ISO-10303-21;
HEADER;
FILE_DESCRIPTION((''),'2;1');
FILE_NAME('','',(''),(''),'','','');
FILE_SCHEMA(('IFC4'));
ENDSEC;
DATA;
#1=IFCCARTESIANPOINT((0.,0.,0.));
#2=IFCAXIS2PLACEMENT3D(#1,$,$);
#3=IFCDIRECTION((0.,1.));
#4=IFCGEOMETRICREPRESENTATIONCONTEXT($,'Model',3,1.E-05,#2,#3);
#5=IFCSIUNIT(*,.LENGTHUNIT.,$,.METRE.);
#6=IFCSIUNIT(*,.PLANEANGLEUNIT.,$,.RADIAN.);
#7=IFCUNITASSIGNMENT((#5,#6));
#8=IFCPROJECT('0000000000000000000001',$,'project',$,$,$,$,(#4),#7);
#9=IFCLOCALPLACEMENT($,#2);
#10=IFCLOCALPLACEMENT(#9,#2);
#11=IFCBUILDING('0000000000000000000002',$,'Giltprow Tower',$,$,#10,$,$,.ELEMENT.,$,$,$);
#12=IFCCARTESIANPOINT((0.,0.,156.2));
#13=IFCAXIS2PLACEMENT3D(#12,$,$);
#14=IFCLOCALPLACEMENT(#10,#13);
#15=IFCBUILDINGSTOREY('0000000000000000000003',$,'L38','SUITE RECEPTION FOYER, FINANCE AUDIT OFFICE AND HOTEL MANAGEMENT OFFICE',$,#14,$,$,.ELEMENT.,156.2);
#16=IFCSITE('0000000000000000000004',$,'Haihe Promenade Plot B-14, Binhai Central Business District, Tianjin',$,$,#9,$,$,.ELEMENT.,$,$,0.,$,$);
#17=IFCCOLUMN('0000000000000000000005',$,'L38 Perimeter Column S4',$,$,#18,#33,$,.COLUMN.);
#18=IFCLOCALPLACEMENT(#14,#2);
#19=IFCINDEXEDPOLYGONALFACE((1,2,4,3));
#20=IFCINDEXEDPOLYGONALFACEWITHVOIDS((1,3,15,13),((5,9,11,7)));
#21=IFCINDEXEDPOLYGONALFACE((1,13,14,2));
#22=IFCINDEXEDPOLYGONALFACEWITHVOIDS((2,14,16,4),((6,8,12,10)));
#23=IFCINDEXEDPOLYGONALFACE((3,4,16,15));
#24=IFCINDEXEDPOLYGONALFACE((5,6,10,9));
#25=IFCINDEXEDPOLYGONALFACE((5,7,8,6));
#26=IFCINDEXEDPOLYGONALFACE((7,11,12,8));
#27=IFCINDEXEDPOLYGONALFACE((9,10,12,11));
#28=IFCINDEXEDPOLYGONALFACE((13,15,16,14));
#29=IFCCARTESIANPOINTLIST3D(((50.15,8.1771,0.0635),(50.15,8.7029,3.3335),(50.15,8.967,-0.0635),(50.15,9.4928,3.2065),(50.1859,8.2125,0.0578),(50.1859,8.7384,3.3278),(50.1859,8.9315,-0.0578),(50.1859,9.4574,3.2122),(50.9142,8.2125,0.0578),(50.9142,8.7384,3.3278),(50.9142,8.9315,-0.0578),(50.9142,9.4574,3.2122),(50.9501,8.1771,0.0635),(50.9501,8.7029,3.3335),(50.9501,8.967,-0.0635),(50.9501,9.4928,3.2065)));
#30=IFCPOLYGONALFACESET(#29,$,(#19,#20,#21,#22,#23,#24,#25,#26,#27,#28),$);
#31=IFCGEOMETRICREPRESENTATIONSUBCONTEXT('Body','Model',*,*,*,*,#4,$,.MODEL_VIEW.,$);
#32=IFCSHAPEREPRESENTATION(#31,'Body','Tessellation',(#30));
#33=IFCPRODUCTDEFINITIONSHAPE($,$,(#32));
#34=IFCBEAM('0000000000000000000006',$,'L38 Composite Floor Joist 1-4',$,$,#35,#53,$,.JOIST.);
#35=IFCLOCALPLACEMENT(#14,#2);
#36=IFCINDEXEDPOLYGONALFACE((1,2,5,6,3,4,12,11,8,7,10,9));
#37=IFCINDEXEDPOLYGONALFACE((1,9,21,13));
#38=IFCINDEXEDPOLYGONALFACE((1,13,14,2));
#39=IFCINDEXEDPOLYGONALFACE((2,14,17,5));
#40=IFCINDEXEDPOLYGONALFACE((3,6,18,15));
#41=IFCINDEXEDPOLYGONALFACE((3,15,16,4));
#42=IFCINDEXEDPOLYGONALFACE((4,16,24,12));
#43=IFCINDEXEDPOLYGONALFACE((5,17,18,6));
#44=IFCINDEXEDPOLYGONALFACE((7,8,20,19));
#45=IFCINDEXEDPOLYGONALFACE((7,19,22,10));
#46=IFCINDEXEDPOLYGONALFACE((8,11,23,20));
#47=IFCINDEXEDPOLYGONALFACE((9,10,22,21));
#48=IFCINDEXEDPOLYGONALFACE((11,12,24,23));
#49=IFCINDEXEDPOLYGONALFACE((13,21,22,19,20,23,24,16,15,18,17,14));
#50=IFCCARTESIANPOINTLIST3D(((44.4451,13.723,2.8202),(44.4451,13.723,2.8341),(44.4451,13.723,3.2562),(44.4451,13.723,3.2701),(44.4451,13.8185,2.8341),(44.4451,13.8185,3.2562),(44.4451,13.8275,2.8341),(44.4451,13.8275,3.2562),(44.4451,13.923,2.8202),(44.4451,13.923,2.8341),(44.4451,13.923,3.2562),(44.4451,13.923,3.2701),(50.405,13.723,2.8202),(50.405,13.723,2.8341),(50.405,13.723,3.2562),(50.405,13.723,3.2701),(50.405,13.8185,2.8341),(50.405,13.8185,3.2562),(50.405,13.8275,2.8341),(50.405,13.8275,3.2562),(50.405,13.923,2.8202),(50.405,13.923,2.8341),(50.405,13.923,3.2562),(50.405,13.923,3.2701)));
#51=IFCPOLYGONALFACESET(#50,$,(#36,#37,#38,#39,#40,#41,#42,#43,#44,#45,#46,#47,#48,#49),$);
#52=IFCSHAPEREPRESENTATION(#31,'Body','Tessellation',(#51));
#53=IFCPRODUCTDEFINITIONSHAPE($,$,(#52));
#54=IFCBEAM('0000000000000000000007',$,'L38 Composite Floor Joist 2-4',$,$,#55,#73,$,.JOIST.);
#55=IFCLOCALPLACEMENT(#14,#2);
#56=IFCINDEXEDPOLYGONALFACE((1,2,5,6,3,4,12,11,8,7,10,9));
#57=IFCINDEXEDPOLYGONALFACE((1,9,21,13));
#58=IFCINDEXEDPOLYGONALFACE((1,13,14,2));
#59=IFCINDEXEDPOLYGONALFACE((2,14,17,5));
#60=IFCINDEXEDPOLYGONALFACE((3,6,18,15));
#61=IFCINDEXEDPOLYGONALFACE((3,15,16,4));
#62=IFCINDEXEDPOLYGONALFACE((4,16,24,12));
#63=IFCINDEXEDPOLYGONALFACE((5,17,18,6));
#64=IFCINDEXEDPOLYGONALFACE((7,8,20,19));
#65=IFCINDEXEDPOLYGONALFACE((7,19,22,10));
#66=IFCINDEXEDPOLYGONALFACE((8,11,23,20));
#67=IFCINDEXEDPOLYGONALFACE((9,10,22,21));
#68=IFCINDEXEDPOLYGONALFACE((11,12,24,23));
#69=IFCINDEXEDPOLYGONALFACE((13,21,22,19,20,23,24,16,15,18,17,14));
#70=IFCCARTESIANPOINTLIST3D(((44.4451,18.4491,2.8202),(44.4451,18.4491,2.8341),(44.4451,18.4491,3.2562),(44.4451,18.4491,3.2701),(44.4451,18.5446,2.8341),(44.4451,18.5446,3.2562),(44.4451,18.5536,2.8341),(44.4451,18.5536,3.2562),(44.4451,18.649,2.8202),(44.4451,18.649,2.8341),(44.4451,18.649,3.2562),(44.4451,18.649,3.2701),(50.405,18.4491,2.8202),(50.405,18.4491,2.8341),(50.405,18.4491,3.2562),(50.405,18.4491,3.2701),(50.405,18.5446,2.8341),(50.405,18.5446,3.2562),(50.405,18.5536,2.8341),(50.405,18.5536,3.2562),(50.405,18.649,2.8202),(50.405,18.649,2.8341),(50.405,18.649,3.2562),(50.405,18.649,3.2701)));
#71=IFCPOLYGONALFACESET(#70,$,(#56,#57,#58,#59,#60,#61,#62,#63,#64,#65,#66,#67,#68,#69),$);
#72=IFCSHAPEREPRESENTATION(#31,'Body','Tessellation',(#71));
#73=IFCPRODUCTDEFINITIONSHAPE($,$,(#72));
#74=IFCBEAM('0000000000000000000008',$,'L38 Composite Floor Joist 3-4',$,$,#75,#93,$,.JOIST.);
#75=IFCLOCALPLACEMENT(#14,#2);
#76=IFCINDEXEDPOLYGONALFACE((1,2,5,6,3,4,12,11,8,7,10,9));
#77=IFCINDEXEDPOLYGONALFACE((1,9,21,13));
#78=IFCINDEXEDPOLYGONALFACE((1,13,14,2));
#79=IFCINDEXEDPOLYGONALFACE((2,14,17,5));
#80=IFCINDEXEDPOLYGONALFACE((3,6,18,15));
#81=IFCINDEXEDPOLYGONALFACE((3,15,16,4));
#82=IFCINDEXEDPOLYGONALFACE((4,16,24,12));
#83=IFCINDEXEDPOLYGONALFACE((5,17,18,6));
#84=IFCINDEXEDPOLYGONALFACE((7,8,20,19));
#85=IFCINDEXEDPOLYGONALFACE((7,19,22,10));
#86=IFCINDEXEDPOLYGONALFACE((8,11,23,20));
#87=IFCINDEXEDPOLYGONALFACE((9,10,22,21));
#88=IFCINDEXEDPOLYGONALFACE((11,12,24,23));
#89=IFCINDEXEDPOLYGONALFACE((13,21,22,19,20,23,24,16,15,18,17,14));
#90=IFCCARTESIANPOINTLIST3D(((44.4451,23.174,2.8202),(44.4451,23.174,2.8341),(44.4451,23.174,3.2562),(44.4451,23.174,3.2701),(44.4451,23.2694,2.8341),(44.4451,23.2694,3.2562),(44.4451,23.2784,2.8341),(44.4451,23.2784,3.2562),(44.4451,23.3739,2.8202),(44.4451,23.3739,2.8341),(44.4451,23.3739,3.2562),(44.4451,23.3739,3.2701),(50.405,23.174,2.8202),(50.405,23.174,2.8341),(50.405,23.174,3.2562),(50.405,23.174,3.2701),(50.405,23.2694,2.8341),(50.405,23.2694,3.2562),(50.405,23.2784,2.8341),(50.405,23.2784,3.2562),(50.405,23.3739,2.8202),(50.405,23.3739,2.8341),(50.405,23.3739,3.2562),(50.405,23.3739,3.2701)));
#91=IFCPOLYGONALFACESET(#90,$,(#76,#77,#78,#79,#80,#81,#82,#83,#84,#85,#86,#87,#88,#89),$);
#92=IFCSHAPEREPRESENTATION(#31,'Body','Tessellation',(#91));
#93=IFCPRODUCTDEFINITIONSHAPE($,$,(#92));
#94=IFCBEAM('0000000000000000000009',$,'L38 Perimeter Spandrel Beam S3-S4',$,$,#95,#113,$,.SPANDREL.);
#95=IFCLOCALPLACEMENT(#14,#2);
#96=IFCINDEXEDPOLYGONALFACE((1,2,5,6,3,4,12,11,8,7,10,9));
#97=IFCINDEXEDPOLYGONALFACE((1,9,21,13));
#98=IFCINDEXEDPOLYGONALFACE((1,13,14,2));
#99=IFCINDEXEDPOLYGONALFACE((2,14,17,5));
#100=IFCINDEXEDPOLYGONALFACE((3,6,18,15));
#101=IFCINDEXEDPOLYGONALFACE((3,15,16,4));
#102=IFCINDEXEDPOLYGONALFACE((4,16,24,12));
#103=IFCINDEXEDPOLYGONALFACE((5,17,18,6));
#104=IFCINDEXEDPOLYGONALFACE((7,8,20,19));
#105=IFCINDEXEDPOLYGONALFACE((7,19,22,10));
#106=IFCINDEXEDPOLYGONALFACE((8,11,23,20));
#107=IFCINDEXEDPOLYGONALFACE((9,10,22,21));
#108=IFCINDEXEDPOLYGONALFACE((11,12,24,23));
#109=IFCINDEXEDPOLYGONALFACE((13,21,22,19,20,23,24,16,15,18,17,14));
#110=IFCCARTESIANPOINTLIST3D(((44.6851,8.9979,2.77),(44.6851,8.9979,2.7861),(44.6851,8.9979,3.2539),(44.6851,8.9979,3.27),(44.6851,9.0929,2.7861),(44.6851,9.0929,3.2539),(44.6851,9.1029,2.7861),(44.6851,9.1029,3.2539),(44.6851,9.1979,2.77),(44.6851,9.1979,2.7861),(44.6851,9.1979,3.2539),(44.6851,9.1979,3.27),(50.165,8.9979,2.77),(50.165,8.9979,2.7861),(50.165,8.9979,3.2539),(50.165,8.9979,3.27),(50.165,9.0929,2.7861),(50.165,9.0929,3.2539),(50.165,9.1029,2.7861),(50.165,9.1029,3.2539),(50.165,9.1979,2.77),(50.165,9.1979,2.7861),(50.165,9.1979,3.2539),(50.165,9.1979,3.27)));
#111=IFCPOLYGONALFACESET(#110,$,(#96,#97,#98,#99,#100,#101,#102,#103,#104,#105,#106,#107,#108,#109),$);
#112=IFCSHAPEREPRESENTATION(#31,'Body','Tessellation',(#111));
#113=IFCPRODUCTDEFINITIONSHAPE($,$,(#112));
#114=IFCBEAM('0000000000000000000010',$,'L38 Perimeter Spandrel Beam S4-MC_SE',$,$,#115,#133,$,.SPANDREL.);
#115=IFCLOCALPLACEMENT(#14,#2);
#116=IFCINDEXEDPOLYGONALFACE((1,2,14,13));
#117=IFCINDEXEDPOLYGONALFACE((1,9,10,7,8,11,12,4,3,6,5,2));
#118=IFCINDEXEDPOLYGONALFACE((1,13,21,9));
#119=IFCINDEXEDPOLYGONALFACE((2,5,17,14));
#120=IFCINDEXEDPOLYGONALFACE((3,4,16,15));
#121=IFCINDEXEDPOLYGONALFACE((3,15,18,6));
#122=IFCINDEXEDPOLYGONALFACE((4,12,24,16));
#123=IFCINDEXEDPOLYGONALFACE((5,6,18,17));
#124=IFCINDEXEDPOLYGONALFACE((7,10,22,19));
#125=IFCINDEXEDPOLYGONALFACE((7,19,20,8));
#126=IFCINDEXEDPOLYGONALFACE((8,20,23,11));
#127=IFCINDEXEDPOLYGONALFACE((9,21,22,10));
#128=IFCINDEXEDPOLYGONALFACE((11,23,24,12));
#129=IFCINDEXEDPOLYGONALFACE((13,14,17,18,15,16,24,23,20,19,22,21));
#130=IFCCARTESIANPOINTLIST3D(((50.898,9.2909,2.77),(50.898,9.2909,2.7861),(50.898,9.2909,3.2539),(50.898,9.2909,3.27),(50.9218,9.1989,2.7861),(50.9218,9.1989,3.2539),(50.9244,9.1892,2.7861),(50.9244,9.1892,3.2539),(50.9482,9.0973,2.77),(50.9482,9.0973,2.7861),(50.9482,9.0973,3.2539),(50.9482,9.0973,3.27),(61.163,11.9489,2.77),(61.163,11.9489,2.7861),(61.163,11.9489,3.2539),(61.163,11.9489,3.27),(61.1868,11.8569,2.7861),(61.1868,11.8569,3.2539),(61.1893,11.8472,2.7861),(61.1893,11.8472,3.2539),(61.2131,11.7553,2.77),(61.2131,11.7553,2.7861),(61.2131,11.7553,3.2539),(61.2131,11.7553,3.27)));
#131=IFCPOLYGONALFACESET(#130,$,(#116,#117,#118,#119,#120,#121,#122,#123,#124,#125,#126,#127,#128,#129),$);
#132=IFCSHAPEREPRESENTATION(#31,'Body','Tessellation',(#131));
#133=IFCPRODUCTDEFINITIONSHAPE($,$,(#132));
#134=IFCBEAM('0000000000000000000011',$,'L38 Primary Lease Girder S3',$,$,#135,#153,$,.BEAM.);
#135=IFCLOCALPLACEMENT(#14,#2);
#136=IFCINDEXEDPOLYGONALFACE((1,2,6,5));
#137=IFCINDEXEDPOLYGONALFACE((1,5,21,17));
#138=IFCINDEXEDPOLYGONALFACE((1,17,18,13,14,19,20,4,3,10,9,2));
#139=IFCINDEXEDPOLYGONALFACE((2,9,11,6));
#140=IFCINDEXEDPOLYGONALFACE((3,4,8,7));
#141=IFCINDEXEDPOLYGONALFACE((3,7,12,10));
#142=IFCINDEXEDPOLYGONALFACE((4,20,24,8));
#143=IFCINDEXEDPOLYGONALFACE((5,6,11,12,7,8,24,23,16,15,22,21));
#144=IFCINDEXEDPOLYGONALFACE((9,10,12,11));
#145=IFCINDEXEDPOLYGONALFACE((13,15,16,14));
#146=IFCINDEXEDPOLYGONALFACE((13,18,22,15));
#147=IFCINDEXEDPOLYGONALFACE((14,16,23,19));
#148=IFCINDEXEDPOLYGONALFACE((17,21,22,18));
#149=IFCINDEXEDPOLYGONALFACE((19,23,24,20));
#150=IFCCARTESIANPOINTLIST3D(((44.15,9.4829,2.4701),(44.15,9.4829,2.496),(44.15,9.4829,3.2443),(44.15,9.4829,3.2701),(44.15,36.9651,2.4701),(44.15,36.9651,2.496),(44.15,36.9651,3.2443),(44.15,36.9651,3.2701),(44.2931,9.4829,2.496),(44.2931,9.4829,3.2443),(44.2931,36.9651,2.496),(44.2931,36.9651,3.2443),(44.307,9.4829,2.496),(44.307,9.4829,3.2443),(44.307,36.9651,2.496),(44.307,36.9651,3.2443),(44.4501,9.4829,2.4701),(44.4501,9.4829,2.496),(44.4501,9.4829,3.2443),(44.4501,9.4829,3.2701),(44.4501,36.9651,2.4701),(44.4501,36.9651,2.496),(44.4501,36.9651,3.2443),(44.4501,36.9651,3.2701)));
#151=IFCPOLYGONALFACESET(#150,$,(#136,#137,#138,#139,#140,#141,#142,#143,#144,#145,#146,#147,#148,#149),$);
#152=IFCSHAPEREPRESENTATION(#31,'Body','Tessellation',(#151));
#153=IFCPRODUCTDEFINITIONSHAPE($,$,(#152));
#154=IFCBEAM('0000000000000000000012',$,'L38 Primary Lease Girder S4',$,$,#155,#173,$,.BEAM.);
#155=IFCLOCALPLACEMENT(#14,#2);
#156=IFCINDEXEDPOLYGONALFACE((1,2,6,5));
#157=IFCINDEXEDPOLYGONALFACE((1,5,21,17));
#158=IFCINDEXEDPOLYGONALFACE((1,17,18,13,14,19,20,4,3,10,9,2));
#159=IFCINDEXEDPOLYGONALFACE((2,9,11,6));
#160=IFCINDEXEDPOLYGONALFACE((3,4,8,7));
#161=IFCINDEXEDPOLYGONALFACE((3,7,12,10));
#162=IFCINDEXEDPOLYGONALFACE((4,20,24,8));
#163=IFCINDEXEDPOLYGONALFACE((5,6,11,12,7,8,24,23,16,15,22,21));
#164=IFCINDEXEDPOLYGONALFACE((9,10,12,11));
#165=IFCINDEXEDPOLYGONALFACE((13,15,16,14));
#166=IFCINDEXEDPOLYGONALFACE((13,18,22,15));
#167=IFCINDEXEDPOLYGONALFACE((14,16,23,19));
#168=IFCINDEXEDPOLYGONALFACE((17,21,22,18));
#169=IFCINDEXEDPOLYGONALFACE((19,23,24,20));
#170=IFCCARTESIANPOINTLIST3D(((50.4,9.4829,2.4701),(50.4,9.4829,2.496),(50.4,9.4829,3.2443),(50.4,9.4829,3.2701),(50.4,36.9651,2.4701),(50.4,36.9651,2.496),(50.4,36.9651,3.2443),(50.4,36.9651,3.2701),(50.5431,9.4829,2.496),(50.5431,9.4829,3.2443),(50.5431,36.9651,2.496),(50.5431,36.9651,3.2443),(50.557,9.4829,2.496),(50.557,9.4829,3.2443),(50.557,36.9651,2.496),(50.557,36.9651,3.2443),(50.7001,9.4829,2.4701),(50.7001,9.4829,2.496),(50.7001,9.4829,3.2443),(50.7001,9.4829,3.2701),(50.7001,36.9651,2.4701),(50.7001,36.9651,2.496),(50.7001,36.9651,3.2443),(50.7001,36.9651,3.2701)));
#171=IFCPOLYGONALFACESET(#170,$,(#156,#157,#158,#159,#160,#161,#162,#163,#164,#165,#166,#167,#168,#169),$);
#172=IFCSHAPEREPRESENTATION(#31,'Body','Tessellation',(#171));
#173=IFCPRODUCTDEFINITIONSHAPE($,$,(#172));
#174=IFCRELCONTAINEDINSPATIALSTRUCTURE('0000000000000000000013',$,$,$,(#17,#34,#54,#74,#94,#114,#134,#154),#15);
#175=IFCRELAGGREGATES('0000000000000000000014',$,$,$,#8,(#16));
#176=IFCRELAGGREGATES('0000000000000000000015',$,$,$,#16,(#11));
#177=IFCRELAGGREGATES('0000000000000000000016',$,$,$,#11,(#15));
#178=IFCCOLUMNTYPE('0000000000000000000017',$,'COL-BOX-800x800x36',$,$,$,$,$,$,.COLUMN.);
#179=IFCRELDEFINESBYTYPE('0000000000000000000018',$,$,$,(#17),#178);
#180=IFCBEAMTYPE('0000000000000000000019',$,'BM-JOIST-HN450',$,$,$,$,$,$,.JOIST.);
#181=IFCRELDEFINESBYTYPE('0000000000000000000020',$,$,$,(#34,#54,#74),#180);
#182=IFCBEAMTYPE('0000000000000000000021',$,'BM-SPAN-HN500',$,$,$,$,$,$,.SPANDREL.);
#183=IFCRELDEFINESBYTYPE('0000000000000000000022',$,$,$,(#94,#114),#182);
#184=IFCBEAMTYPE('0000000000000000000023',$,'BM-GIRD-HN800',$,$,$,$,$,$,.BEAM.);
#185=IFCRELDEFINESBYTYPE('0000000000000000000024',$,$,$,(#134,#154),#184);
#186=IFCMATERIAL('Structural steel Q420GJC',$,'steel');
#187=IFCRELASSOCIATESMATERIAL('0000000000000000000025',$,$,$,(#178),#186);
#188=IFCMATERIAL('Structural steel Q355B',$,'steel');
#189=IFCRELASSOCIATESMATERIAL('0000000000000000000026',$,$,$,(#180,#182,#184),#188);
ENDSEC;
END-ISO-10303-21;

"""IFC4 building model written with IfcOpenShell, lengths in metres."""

from ifc_helpers import new_model, si_unit, direction, frame, origin, origin_2d, place, context, subcontext, project, spatial, hollow_rectangle, i_section, extrude, source, transform, mapped, material, material_profile, profile_set, type_object, element, save


model = new_model("IFC4")

# Units and contexts
model_context = context("Model", 3, precision=1e-05, world=origin(), true_north=direction((0.0, 1.0)))
body_context = subcontext(model_context, "Body", "Model", "MODEL_VIEW")
ifc_project = project(units=[si_unit("LENGTHUNIT", "METRE"), si_unit("PLANEANGLEUNIT", "RADIAN")], contexts=[model_context])

# Site, building, storey
site_placement = place(None, origin())
site = spatial("IfcSite", under=ifc_project, at=site_placement, Name="Haihe Promenade Plot B-14, Binhai Central Business District, Tianjin", CompositionType="ELEMENT", RefElevation=0.0)
building_placement = place(site_placement, origin())
building = spatial("IfcBuilding", under=site, at=building_placement, Name="Giltprow Tower", CompositionType="ELEMENT")
storey_placement = place(building_placement, frame((0.0, 0.0, 156.2)))
storey = spatial("IfcBuildingStorey", under=building, at=storey_placement, Name="L38", Description="SUITE RECEPTION FOYER, FINANCE AUDIT OFFICE AND HOTEL MANAGEMENT OFFICE", CompositionType="ELEMENT", Elevation=156.2)

# Column
ifc_material_1 = material(Name="Structural steel Q420GJC", Category="steel")
ifc_material_profile_1 = material_profile(ifc_material_1, hollow_rectangle(XDim=0.8, YDim=0.8, WallThickness=0.0359, at=origin_2d()), Name="BOX 800x800x36")
ifc_profile_set_1 = profile_set([ifc_material_profile_1], Name="Structural steel Q420GJC")
column_type = type_object("IfcColumnType", Name="COL-BOX-800x800x36", PredefinedType="COLUMN", material=ifc_profile_set_1)
shared_shape_1 = source(origin(), body_context, "Body", "SweptSolid", [
    extrude(hollow_rectangle(XDim=0.8, YDim=0.8, WallThickness=0.0359, at=origin_2d()), origin(), (0.0, 0.0, 1.0), 3.312),
])
column_placement = place(storey_placement, frame((50.55, 8.572, 0.0), z_axis=(0.0, 0.158778, 0.987314), x_axis=(-1.0, 0.0, 0.0)))
element("IfcColumn", 1, at=column_placement, inside=storey, type_object=column_type, Name="L38 Perimeter Column S4", PredefinedType="COLUMN", context=body_context, shape_type="MappedRepresentation", body=[
    mapped(shared_shape_1, transform((0.0, 0.0, 0.0), x_axis=(1.0, 0.0, 0.0), y_axis=(0.0, 1.0, 0.0), z_axis=(0.0, 0.0, 1.0), scale=1.0)),
])

# Beams
ifc_material_2 = material(Name="Structural steel Q355B", Category="steel")
ifc_material_profile_2 = material_profile(ifc_material_2, i_section(OverallWidth=0.2, OverallDepth=0.45, WebThickness=0.009, FlangeThickness=0.0139, at=origin_2d()), Name="HN 450x200x9x14")
ifc_profile_set_2 = profile_set([ifc_material_profile_2], Name="Structural steel Q355B")
beam_type_1 = type_object("IfcBeamType", Name="BM-JOIST-HN450", PredefinedType="JOIST", material=ifc_profile_set_2)
shared_shape_2 = source(origin(), body_context, "Body", "SweptSolid", [
    extrude(i_section(OverallWidth=0.2, OverallDepth=0.45, WebThickness=0.009, FlangeThickness=0.0139, at=origin_2d()), origin(), (0.0, 0.0, 1.0), 5.96),
])
for number, where, z_axis, x_axis, name in (
    (2, (44.4451, 13.823, 3.0452), (1.0, 0.0, 0.0), (0.0, 1.0, 0.0), "L38 Composite Floor Joist 1-4"),
    (3, (44.4451, 18.5491, 3.0452), (1.0, 0.0, 0.0), (0.0, 1.0, 0.0), "L38 Composite Floor Joist 2-4"),
    (4, (44.4451, 23.2739, 3.0452), (1.0, 0.0, 0.0), (0.0, 1.0, 0.0), "L38 Composite Floor Joist 3-4"),
):
    element("IfcBeam", number, at=place(storey_placement, frame(where, z_axis=z_axis, x_axis=x_axis)), inside=storey, type_object=beam_type_1, Name=name, PredefinedType="JOIST", context=body_context, shape_type="MappedRepresentation", body=[
        mapped(shared_shape_2, transform((0.0, 0.0, 0.0), x_axis=(1.0, 0.0, 0.0), y_axis=(0.0, 1.0, 0.0), z_axis=(0.0, 0.0, 1.0), scale=1.0)),
    ])
ifc_material_profile_3 = material_profile(ifc_material_2, i_section(OverallWidth=0.2, OverallDepth=0.5, WebThickness=0.01, FlangeThickness=0.0161, at=origin_2d()), Name="HN 500x200x10x16")
ifc_profile_set_3 = profile_set([ifc_material_profile_3], Name="Structural steel Q355B")
beam_type_2 = type_object("IfcBeamType", Name="BM-SPAN-HN500", PredefinedType="SPANDREL", material=ifc_profile_set_3)
shared_shape_3 = source(origin(), body_context, "Body", "SweptSolid", [
    extrude(i_section(OverallWidth=0.2, OverallDepth=0.5, WebThickness=0.01, FlangeThickness=0.0161, at=origin_2d()), origin(), (0.0, 0.0, 1.0), 5.48),
])
beam_1_placement = place(storey_placement, frame((44.6851, 9.0979, 3.02), z_axis=(1.0, 0.0, 0.0), x_axis=(0.0, 1.0, 0.0)))
element("IfcBeam", 5, at=beam_1_placement, inside=storey, type_object=beam_type_2, Name="L38 Perimeter Spandrel Beam S3-S4", PredefinedType="SPANDREL", context=body_context, shape_type="MappedRepresentation", body=[
    mapped(shared_shape_3, transform((0.0, 0.0, 0.0), x_axis=(1.0, 0.0, 0.0), y_axis=(0.0, 1.0, 0.0), z_axis=(0.0, 0.0, 1.0), scale=1.0)),
])
shared_shape_4 = source(origin(), body_context, "Body", "SweptSolid", [
    extrude(i_section(OverallWidth=0.2, OverallDepth=0.5, WebThickness=0.01, FlangeThickness=0.0161, at=origin_2d()), origin(), (0.0, 0.0, 1.0), 10.6035),
])
beam_2_placement = place(storey_placement, frame((50.9231, 9.1941, 3.02), z_axis=(0.968073, 0.25067, 0.0), x_axis=(-0.25067, 0.968073, 0.0)))
element("IfcBeam", 6, at=beam_2_placement, inside=storey, type_object=beam_type_2, Name="L38 Perimeter Spandrel Beam S4-MC_SE", PredefinedType="SPANDREL", context=body_context, shape_type="MappedRepresentation", body=[
    mapped(shared_shape_4, transform((0.0, 0.0, 0.0), x_axis=(1.0, 0.0, 0.0), y_axis=(0.0, 1.0, 0.0), z_axis=(0.0, 0.0, 1.0), scale=1.0)),
])
ifc_material_profile_4 = material_profile(ifc_material_2, i_section(OverallWidth=0.3, OverallDepth=0.8, WebThickness=0.0139, FlangeThickness=0.0259, at=origin_2d()), Name="HN 800x300x14x26")
ifc_profile_set_4 = profile_set([ifc_material_profile_4], Name="Structural steel Q355B")
beam_type_3 = type_object("IfcBeamType", Name="BM-GIRD-HN800", PredefinedType="BEAM", material=ifc_profile_set_4)
shared_shape_5 = source(origin(), body_context, "Body", "SweptSolid", [
    extrude(i_section(OverallWidth=0.3, OverallDepth=0.8, WebThickness=0.0139, FlangeThickness=0.0259, at=origin_2d()), origin(), (0.0, 0.0, 1.0), 27.4822),
])
for number, where, z_axis, x_axis, name in (
    (7, (44.3, 9.4829, 2.8701), (0.0, 1.0, 0.0), (-1.0, 0.0, 0.0), "L38 Primary Lease Girder S3"),
    (8, (50.55, 9.4829, 2.8701), (0.0, 1.0, 0.0), (-1.0, 0.0, 0.0), "L38 Primary Lease Girder S4"),
):
    element("IfcBeam", number, at=place(storey_placement, frame(where, z_axis=z_axis, x_axis=x_axis)), inside=storey, type_object=beam_type_3, Name=name, PredefinedType="BEAM", context=body_context, shape_type="MappedRepresentation", body=[
        mapped(shared_shape_5, transform((0.0, 0.0, 0.0), x_axis=(1.0, 0.0, 0.0), y_axis=(0.0, 1.0, 0.0), z_axis=(0.0, 0.0, 1.0), scale=1.0)),
    ])

save(model, "model.ifc")
